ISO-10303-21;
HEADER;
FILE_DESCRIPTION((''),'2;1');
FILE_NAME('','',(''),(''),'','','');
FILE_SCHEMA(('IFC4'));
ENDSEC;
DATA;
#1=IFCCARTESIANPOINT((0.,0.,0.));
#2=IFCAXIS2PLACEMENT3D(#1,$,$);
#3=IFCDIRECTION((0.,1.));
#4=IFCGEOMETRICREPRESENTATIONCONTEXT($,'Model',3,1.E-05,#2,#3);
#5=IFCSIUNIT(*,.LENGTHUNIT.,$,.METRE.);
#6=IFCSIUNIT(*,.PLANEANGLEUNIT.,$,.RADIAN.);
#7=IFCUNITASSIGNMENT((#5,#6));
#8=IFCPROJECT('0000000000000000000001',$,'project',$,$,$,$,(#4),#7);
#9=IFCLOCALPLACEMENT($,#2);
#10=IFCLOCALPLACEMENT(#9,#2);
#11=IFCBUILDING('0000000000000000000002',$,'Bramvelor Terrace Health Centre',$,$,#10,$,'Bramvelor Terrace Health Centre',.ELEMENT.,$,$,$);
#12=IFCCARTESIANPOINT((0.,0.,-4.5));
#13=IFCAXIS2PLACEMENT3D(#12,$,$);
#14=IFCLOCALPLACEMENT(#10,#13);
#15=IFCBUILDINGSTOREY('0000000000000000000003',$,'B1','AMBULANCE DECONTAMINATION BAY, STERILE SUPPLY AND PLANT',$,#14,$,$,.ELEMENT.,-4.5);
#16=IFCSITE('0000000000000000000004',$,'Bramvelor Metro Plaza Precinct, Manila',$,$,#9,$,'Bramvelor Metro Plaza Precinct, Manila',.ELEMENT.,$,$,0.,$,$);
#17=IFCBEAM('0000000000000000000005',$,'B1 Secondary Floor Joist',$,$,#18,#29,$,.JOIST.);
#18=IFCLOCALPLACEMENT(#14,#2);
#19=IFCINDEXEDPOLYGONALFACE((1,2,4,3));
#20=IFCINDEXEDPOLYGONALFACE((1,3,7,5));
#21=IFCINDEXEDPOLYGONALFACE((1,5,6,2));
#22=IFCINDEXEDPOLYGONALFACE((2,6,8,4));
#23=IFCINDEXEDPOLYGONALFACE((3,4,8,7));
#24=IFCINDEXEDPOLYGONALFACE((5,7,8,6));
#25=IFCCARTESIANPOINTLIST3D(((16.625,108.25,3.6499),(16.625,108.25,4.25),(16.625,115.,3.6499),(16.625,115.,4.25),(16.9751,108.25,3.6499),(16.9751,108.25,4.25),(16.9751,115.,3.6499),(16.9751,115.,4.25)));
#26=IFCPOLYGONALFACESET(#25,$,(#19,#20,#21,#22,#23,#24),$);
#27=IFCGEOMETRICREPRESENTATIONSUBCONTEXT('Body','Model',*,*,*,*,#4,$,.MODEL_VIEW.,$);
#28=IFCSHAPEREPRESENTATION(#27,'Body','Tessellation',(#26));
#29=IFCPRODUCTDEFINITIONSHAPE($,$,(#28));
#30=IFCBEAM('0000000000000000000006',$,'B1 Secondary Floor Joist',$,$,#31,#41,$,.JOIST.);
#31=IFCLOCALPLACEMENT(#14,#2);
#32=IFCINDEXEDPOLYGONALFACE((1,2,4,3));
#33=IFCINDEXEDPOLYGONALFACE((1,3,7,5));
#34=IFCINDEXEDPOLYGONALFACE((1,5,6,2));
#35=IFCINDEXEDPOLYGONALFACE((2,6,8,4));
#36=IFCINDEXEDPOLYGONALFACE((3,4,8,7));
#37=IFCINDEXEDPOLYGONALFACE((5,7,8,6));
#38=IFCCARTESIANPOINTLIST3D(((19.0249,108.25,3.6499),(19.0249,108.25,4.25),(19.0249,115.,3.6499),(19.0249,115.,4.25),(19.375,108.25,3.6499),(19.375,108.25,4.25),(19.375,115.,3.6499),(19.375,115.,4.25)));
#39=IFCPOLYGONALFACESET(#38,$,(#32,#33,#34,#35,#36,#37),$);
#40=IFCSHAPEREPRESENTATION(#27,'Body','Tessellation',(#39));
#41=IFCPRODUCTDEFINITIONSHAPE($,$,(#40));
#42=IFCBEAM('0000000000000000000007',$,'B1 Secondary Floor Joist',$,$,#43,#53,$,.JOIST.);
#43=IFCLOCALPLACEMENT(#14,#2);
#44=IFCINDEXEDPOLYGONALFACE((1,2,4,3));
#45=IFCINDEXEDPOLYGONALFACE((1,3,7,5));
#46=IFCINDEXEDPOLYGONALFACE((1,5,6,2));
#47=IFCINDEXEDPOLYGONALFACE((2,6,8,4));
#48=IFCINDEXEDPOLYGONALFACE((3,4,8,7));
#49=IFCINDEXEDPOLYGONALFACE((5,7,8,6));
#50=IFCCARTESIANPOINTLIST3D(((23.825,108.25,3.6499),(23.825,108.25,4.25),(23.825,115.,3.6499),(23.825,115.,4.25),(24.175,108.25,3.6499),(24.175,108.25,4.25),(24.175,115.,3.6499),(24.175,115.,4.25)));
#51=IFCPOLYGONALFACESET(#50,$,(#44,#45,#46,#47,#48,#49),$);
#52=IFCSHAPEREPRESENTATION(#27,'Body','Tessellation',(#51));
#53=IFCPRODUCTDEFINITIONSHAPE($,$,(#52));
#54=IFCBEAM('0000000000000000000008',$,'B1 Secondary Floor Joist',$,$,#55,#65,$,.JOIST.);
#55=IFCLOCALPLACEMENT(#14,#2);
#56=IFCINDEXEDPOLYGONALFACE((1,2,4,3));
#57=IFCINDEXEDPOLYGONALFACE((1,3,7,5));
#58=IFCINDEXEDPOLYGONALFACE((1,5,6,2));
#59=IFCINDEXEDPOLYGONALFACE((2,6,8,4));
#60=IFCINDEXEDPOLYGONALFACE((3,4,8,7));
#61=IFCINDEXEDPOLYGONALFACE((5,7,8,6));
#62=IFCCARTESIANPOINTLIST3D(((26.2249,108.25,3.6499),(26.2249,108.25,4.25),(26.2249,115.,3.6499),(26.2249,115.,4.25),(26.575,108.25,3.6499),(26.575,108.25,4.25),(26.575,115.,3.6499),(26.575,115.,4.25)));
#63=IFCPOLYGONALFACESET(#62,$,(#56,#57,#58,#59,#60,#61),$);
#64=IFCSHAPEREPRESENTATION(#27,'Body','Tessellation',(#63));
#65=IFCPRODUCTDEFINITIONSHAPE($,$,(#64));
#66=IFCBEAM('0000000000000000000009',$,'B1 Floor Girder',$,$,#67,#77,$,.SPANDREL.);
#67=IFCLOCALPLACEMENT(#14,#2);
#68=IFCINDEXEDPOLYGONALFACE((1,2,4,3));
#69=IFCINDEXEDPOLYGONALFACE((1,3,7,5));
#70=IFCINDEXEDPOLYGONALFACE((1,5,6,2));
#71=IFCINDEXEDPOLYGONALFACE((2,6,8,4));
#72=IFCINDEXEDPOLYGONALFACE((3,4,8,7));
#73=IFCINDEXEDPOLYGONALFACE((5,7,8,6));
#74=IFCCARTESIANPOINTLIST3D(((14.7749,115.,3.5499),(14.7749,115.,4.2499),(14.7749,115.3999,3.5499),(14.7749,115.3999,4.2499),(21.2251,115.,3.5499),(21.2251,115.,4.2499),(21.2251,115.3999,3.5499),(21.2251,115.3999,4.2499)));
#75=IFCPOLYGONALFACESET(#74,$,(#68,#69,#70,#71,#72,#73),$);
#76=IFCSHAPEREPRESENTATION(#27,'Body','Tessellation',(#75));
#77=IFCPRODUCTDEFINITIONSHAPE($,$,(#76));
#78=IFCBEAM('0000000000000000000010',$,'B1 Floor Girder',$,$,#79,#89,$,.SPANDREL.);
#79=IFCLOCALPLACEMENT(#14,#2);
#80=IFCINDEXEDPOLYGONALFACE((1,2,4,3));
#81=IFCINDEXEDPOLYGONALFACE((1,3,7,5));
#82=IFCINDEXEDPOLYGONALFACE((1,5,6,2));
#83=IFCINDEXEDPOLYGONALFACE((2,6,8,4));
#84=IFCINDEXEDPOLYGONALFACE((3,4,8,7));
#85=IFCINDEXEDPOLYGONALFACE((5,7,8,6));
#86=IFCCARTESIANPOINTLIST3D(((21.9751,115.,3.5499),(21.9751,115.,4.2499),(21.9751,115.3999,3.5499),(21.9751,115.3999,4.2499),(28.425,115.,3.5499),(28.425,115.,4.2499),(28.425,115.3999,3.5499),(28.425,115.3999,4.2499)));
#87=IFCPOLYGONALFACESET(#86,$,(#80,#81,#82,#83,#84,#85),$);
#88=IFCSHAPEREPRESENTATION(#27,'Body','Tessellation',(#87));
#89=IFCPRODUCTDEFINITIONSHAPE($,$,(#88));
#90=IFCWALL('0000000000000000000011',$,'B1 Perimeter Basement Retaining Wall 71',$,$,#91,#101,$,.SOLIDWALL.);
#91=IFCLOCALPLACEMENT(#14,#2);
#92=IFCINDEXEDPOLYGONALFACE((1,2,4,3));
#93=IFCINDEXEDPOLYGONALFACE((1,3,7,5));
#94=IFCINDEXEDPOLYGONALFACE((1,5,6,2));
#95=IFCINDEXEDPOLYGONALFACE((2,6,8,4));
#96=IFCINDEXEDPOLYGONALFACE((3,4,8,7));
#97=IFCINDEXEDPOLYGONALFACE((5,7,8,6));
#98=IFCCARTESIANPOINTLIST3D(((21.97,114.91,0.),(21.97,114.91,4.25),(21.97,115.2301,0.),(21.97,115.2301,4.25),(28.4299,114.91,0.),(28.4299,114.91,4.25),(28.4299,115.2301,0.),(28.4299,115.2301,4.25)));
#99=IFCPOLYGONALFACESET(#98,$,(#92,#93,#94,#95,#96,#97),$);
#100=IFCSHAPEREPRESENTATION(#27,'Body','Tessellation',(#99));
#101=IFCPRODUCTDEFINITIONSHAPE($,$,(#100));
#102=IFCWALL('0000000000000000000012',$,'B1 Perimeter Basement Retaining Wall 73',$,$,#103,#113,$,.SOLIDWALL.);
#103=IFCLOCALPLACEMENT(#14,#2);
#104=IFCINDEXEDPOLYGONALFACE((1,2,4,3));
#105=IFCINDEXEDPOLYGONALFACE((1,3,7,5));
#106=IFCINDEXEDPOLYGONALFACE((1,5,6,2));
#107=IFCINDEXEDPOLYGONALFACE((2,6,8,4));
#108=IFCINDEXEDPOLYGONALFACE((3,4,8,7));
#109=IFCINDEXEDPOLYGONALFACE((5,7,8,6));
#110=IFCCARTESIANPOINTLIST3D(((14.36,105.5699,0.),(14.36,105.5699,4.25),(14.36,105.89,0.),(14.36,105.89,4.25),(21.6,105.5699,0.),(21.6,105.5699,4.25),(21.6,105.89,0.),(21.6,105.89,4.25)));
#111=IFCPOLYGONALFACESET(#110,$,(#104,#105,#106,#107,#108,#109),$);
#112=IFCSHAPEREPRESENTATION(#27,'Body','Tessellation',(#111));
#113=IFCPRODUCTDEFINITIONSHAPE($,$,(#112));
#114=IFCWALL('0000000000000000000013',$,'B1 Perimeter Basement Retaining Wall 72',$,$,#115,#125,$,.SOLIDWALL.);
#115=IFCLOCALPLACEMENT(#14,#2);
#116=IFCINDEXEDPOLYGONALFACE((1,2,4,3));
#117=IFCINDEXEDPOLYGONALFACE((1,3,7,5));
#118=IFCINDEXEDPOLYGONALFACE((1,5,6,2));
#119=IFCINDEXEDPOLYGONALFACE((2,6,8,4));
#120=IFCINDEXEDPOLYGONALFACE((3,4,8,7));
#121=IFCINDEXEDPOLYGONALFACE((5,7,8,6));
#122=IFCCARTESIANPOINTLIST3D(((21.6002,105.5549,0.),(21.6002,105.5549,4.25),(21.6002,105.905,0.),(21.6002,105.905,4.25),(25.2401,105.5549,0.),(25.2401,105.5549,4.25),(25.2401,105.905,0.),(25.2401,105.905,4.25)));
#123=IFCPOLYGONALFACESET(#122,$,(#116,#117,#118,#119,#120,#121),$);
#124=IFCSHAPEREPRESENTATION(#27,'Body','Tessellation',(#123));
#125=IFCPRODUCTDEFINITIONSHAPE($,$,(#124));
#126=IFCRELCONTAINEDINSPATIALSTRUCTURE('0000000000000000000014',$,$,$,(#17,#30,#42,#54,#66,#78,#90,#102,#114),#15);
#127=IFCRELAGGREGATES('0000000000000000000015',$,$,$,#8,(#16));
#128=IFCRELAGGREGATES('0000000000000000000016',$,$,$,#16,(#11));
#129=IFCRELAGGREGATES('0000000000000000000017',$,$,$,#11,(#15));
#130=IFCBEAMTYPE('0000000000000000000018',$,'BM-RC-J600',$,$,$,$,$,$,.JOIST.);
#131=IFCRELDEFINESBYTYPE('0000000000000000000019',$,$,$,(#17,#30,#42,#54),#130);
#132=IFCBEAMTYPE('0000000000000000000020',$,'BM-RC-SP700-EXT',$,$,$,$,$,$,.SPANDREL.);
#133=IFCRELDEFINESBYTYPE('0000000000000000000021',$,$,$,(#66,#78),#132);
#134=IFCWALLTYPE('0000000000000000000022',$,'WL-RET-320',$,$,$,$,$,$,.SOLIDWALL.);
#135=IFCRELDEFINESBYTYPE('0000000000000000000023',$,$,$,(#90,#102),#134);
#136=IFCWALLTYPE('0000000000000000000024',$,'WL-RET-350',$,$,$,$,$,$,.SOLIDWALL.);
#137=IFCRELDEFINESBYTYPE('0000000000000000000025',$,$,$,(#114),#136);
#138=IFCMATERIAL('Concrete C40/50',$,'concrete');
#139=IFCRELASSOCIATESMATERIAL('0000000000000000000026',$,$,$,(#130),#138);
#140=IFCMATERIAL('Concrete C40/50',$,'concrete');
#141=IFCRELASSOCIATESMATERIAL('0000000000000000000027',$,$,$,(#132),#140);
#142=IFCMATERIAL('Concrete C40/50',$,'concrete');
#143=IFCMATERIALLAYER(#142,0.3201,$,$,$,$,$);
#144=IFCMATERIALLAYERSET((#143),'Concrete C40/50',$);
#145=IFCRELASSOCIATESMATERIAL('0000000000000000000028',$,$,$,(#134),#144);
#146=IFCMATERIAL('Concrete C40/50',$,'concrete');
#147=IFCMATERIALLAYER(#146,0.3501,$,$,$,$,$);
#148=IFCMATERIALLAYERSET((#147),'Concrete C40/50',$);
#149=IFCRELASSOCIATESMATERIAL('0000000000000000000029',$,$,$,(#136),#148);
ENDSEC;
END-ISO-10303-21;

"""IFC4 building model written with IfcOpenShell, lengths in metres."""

from ifc_helpers import new_model, si_unit, direction, frame, frame_2d, origin, origin_2d, place, context, subcontext, project, spatial, rectangle, extrude, material, layer, layer_set, material_profile, profile_set, type_object, element, save


model = new_model("IFC4")

# Units and contexts
model_context = context("Model", 3, precision=1e-05, world=origin(), true_north=direction((0.0, 1.0)))
body_context = subcontext(model_context, "Body", "Model", "MODEL_VIEW")
ifc_project = project(units=[si_unit("LENGTHUNIT", "METRE"), si_unit("PLANEANGLEUNIT", "RADIAN")], contexts=[model_context])

# Site, building, storey
site_placement = place(None, origin())
site = spatial("IfcSite", under=ifc_project, at=site_placement, Name="Bramvelor Metro Plaza Precinct, Manila", LongName="Bramvelor Metro Plaza Precinct, Manila", CompositionType="ELEMENT", RefElevation=0.0)
building_placement = place(site_placement, origin())
building = spatial("IfcBuilding", under=site, at=building_placement, Name="Bramvelor Terrace Health Centre", LongName="Bramvelor Terrace Health Centre", CompositionType="ELEMENT")
storey_placement = place(building_placement, frame((0.0, 0.0, -4.5)))
storey = spatial("IfcBuildingStorey", under=building, at=storey_placement, Name="B1", Description="AMBULANCE DECONTAMINATION BAY, STERILE SUPPLY AND PLANT", CompositionType="ELEMENT", Elevation=-4.5)

# Beams
ifc_material_1 = material(Name="Concrete C40/50", Category="concrete")
ifc_material_profile_1 = material_profile(ifc_material_1, rectangle(XDim=0.3501, YDim=0.6001, at=origin_2d()), Name="RC 350x600")
ifc_profile_set_1 = profile_set([ifc_material_profile_1], Name="Concrete C40/50")
beam_type_1 = type_object("IfcBeamType", Name="BM-RC-J600", PredefinedType="JOIST", material=ifc_profile_set_1)
for number, where, z_axis, x_axis, name in (
    (1, (16.8, 108.25, 3.95), (0.0, 1.0, 0.0), (-1.0, 0.0, 0.0), "B1 Secondary Floor Joist"),
    (2, (19.2, 108.25, 3.95), (0.0, 1.0, 0.0), (-1.0, 0.0, 0.0), "B1 Secondary Floor Joist"),
    (3, (24.0, 108.25, 3.95), (0.0, 1.0, 0.0), (-1.0, 0.0, 0.0), "B1 Secondary Floor Joist"),
    (4, (26.3999, 108.25, 3.95), (0.0, 1.0, 0.0), (-1.0, 0.0, 0.0), "B1 Secondary Floor Joist"),
):
    element("IfcBeam", number, at=place(storey_placement, frame(where, z_axis=z_axis, x_axis=x_axis)), inside=storey, type_object=beam_type_1, Name=name, PredefinedType="JOIST", context=body_context, shape_type="SweptSolid", body=[
        extrude(rectangle(XDim=0.3501, YDim=0.6001, at=origin_2d()), origin(), (0.0, 0.0, 1.0), 6.75),
    ])
ifc_material_2 = material(Name="Concrete C40/50", Category="concrete")
ifc_material_profile_2 = material_profile(ifc_material_2, rectangle(XDim=0.3999, YDim=0.7, at=origin_2d()), Name="RC 400x700")
ifc_profile_set_2 = profile_set([ifc_material_profile_2], Name="Concrete C40/50")
beam_type_2 = type_object("IfcBeamType", Name="BM-RC-SP700-EXT", PredefinedType="SPANDREL", material=ifc_profile_set_2)
beam_1_placement = place(storey_placement, frame((14.7749, 115.2, 3.8999), z_axis=(1.0, 0.0, 0.0), x_axis=(0.0, 1.0, 0.0)))
element("IfcBeam", 5, at=beam_1_placement, inside=storey, type_object=beam_type_2, Name="B1 Floor Girder", PredefinedType="SPANDREL", context=body_context, shape_type="SweptSolid", body=[
    extrude(rectangle(XDim=0.3999, YDim=0.7, at=origin_2d()), origin(), (0.0, 0.0, 1.0), 6.4502),
])
beam_2_placement = place(storey_placement, frame((21.9751, 115.2, 3.8999), z_axis=(1.0, 0.0, 0.0), x_axis=(0.0, 1.0, 0.0)))
element("IfcBeam", 6, at=beam_2_placement, inside=storey, type_object=beam_type_2, Name="B1 Floor Girder", PredefinedType="SPANDREL", context=body_context, shape_type="SweptSolid", body=[
    extrude(rectangle(XDim=0.3999, YDim=0.7, at=origin_2d()), origin(), (0.0, 0.0, 1.0), 6.45),
])

# Walls
ifc_material_3 = material(Name="Concrete C40/50", Category="concrete")
ifc_layer_1 = layer(ifc_material_3, 0.3201)
ifc_layer_set_1 = layer_set([ifc_layer_1], Name="Concrete C40/50")
wall_type_1 = type_object("IfcWallType", Name="WL-RET-320", PredefinedType="SOLIDWALL", material=ifc_layer_set_1)
wall_1_placement = place(storey_placement, frame((21.97, 115.0701, 0.0), z_axis=(0.0, 0.0, 1.0), x_axis=(1.0, 0.0, 0.0)))
element("IfcWall", 7, at=wall_1_placement, inside=storey, type_object=wall_type_1, Name="B1 Perimeter Basement Retaining Wall 71", PredefinedType="SOLIDWALL", context=body_context, shape_type="SweptSolid", body=[
    extrude(rectangle(XDim=6.46, YDim=0.3201, at=frame_2d((3.23, 0.0))), origin(), (0.0, 0.0, 1.0), 4.25),
])
wall_2_placement = place(storey_placement, frame((21.6001, 105.73, 0.0), z_axis=(0.0, 0.0, 1.0), x_axis=(-1.0, 0.0, 0.0)))
element("IfcWall", 8, at=wall_2_placement, inside=storey, type_object=wall_type_1, Name="B1 Perimeter Basement Retaining Wall 73", PredefinedType="SOLIDWALL", context=body_context, shape_type="SweptSolid", body=[
    extrude(rectangle(XDim=7.24, YDim=0.3201, at=frame_2d((3.6201, 0.0))), origin(), (0.0, 0.0, 1.0), 4.25),
])
ifc_material_4 = material(Name="Concrete C40/50", Category="concrete")
ifc_layer_2 = layer(ifc_material_4, 0.3501)
ifc_layer_set_2 = layer_set([ifc_layer_2], Name="Concrete C40/50")
wall_type_2 = type_object("IfcWallType", Name="WL-RET-350", PredefinedType="SOLIDWALL", material=ifc_layer_set_2)
wall_3_placement = place(storey_placement, frame((25.24, 105.73, 0.0), z_axis=(0.0, 0.0, 1.0), x_axis=(-1.0, 0.0, 0.0)))
element("IfcWall", 9, at=wall_3_placement, inside=storey, type_object=wall_type_2, Name="B1 Perimeter Basement Retaining Wall 72", PredefinedType="SOLIDWALL", context=body_context, shape_type="SweptSolid", body=[
    extrude(rectangle(XDim=3.6399, YDim=0.3501, at=frame_2d((1.8198, 0.0))), origin(), (0.0, 0.0, 1.0), 4.25),
])

save(model, "model.ifc")
